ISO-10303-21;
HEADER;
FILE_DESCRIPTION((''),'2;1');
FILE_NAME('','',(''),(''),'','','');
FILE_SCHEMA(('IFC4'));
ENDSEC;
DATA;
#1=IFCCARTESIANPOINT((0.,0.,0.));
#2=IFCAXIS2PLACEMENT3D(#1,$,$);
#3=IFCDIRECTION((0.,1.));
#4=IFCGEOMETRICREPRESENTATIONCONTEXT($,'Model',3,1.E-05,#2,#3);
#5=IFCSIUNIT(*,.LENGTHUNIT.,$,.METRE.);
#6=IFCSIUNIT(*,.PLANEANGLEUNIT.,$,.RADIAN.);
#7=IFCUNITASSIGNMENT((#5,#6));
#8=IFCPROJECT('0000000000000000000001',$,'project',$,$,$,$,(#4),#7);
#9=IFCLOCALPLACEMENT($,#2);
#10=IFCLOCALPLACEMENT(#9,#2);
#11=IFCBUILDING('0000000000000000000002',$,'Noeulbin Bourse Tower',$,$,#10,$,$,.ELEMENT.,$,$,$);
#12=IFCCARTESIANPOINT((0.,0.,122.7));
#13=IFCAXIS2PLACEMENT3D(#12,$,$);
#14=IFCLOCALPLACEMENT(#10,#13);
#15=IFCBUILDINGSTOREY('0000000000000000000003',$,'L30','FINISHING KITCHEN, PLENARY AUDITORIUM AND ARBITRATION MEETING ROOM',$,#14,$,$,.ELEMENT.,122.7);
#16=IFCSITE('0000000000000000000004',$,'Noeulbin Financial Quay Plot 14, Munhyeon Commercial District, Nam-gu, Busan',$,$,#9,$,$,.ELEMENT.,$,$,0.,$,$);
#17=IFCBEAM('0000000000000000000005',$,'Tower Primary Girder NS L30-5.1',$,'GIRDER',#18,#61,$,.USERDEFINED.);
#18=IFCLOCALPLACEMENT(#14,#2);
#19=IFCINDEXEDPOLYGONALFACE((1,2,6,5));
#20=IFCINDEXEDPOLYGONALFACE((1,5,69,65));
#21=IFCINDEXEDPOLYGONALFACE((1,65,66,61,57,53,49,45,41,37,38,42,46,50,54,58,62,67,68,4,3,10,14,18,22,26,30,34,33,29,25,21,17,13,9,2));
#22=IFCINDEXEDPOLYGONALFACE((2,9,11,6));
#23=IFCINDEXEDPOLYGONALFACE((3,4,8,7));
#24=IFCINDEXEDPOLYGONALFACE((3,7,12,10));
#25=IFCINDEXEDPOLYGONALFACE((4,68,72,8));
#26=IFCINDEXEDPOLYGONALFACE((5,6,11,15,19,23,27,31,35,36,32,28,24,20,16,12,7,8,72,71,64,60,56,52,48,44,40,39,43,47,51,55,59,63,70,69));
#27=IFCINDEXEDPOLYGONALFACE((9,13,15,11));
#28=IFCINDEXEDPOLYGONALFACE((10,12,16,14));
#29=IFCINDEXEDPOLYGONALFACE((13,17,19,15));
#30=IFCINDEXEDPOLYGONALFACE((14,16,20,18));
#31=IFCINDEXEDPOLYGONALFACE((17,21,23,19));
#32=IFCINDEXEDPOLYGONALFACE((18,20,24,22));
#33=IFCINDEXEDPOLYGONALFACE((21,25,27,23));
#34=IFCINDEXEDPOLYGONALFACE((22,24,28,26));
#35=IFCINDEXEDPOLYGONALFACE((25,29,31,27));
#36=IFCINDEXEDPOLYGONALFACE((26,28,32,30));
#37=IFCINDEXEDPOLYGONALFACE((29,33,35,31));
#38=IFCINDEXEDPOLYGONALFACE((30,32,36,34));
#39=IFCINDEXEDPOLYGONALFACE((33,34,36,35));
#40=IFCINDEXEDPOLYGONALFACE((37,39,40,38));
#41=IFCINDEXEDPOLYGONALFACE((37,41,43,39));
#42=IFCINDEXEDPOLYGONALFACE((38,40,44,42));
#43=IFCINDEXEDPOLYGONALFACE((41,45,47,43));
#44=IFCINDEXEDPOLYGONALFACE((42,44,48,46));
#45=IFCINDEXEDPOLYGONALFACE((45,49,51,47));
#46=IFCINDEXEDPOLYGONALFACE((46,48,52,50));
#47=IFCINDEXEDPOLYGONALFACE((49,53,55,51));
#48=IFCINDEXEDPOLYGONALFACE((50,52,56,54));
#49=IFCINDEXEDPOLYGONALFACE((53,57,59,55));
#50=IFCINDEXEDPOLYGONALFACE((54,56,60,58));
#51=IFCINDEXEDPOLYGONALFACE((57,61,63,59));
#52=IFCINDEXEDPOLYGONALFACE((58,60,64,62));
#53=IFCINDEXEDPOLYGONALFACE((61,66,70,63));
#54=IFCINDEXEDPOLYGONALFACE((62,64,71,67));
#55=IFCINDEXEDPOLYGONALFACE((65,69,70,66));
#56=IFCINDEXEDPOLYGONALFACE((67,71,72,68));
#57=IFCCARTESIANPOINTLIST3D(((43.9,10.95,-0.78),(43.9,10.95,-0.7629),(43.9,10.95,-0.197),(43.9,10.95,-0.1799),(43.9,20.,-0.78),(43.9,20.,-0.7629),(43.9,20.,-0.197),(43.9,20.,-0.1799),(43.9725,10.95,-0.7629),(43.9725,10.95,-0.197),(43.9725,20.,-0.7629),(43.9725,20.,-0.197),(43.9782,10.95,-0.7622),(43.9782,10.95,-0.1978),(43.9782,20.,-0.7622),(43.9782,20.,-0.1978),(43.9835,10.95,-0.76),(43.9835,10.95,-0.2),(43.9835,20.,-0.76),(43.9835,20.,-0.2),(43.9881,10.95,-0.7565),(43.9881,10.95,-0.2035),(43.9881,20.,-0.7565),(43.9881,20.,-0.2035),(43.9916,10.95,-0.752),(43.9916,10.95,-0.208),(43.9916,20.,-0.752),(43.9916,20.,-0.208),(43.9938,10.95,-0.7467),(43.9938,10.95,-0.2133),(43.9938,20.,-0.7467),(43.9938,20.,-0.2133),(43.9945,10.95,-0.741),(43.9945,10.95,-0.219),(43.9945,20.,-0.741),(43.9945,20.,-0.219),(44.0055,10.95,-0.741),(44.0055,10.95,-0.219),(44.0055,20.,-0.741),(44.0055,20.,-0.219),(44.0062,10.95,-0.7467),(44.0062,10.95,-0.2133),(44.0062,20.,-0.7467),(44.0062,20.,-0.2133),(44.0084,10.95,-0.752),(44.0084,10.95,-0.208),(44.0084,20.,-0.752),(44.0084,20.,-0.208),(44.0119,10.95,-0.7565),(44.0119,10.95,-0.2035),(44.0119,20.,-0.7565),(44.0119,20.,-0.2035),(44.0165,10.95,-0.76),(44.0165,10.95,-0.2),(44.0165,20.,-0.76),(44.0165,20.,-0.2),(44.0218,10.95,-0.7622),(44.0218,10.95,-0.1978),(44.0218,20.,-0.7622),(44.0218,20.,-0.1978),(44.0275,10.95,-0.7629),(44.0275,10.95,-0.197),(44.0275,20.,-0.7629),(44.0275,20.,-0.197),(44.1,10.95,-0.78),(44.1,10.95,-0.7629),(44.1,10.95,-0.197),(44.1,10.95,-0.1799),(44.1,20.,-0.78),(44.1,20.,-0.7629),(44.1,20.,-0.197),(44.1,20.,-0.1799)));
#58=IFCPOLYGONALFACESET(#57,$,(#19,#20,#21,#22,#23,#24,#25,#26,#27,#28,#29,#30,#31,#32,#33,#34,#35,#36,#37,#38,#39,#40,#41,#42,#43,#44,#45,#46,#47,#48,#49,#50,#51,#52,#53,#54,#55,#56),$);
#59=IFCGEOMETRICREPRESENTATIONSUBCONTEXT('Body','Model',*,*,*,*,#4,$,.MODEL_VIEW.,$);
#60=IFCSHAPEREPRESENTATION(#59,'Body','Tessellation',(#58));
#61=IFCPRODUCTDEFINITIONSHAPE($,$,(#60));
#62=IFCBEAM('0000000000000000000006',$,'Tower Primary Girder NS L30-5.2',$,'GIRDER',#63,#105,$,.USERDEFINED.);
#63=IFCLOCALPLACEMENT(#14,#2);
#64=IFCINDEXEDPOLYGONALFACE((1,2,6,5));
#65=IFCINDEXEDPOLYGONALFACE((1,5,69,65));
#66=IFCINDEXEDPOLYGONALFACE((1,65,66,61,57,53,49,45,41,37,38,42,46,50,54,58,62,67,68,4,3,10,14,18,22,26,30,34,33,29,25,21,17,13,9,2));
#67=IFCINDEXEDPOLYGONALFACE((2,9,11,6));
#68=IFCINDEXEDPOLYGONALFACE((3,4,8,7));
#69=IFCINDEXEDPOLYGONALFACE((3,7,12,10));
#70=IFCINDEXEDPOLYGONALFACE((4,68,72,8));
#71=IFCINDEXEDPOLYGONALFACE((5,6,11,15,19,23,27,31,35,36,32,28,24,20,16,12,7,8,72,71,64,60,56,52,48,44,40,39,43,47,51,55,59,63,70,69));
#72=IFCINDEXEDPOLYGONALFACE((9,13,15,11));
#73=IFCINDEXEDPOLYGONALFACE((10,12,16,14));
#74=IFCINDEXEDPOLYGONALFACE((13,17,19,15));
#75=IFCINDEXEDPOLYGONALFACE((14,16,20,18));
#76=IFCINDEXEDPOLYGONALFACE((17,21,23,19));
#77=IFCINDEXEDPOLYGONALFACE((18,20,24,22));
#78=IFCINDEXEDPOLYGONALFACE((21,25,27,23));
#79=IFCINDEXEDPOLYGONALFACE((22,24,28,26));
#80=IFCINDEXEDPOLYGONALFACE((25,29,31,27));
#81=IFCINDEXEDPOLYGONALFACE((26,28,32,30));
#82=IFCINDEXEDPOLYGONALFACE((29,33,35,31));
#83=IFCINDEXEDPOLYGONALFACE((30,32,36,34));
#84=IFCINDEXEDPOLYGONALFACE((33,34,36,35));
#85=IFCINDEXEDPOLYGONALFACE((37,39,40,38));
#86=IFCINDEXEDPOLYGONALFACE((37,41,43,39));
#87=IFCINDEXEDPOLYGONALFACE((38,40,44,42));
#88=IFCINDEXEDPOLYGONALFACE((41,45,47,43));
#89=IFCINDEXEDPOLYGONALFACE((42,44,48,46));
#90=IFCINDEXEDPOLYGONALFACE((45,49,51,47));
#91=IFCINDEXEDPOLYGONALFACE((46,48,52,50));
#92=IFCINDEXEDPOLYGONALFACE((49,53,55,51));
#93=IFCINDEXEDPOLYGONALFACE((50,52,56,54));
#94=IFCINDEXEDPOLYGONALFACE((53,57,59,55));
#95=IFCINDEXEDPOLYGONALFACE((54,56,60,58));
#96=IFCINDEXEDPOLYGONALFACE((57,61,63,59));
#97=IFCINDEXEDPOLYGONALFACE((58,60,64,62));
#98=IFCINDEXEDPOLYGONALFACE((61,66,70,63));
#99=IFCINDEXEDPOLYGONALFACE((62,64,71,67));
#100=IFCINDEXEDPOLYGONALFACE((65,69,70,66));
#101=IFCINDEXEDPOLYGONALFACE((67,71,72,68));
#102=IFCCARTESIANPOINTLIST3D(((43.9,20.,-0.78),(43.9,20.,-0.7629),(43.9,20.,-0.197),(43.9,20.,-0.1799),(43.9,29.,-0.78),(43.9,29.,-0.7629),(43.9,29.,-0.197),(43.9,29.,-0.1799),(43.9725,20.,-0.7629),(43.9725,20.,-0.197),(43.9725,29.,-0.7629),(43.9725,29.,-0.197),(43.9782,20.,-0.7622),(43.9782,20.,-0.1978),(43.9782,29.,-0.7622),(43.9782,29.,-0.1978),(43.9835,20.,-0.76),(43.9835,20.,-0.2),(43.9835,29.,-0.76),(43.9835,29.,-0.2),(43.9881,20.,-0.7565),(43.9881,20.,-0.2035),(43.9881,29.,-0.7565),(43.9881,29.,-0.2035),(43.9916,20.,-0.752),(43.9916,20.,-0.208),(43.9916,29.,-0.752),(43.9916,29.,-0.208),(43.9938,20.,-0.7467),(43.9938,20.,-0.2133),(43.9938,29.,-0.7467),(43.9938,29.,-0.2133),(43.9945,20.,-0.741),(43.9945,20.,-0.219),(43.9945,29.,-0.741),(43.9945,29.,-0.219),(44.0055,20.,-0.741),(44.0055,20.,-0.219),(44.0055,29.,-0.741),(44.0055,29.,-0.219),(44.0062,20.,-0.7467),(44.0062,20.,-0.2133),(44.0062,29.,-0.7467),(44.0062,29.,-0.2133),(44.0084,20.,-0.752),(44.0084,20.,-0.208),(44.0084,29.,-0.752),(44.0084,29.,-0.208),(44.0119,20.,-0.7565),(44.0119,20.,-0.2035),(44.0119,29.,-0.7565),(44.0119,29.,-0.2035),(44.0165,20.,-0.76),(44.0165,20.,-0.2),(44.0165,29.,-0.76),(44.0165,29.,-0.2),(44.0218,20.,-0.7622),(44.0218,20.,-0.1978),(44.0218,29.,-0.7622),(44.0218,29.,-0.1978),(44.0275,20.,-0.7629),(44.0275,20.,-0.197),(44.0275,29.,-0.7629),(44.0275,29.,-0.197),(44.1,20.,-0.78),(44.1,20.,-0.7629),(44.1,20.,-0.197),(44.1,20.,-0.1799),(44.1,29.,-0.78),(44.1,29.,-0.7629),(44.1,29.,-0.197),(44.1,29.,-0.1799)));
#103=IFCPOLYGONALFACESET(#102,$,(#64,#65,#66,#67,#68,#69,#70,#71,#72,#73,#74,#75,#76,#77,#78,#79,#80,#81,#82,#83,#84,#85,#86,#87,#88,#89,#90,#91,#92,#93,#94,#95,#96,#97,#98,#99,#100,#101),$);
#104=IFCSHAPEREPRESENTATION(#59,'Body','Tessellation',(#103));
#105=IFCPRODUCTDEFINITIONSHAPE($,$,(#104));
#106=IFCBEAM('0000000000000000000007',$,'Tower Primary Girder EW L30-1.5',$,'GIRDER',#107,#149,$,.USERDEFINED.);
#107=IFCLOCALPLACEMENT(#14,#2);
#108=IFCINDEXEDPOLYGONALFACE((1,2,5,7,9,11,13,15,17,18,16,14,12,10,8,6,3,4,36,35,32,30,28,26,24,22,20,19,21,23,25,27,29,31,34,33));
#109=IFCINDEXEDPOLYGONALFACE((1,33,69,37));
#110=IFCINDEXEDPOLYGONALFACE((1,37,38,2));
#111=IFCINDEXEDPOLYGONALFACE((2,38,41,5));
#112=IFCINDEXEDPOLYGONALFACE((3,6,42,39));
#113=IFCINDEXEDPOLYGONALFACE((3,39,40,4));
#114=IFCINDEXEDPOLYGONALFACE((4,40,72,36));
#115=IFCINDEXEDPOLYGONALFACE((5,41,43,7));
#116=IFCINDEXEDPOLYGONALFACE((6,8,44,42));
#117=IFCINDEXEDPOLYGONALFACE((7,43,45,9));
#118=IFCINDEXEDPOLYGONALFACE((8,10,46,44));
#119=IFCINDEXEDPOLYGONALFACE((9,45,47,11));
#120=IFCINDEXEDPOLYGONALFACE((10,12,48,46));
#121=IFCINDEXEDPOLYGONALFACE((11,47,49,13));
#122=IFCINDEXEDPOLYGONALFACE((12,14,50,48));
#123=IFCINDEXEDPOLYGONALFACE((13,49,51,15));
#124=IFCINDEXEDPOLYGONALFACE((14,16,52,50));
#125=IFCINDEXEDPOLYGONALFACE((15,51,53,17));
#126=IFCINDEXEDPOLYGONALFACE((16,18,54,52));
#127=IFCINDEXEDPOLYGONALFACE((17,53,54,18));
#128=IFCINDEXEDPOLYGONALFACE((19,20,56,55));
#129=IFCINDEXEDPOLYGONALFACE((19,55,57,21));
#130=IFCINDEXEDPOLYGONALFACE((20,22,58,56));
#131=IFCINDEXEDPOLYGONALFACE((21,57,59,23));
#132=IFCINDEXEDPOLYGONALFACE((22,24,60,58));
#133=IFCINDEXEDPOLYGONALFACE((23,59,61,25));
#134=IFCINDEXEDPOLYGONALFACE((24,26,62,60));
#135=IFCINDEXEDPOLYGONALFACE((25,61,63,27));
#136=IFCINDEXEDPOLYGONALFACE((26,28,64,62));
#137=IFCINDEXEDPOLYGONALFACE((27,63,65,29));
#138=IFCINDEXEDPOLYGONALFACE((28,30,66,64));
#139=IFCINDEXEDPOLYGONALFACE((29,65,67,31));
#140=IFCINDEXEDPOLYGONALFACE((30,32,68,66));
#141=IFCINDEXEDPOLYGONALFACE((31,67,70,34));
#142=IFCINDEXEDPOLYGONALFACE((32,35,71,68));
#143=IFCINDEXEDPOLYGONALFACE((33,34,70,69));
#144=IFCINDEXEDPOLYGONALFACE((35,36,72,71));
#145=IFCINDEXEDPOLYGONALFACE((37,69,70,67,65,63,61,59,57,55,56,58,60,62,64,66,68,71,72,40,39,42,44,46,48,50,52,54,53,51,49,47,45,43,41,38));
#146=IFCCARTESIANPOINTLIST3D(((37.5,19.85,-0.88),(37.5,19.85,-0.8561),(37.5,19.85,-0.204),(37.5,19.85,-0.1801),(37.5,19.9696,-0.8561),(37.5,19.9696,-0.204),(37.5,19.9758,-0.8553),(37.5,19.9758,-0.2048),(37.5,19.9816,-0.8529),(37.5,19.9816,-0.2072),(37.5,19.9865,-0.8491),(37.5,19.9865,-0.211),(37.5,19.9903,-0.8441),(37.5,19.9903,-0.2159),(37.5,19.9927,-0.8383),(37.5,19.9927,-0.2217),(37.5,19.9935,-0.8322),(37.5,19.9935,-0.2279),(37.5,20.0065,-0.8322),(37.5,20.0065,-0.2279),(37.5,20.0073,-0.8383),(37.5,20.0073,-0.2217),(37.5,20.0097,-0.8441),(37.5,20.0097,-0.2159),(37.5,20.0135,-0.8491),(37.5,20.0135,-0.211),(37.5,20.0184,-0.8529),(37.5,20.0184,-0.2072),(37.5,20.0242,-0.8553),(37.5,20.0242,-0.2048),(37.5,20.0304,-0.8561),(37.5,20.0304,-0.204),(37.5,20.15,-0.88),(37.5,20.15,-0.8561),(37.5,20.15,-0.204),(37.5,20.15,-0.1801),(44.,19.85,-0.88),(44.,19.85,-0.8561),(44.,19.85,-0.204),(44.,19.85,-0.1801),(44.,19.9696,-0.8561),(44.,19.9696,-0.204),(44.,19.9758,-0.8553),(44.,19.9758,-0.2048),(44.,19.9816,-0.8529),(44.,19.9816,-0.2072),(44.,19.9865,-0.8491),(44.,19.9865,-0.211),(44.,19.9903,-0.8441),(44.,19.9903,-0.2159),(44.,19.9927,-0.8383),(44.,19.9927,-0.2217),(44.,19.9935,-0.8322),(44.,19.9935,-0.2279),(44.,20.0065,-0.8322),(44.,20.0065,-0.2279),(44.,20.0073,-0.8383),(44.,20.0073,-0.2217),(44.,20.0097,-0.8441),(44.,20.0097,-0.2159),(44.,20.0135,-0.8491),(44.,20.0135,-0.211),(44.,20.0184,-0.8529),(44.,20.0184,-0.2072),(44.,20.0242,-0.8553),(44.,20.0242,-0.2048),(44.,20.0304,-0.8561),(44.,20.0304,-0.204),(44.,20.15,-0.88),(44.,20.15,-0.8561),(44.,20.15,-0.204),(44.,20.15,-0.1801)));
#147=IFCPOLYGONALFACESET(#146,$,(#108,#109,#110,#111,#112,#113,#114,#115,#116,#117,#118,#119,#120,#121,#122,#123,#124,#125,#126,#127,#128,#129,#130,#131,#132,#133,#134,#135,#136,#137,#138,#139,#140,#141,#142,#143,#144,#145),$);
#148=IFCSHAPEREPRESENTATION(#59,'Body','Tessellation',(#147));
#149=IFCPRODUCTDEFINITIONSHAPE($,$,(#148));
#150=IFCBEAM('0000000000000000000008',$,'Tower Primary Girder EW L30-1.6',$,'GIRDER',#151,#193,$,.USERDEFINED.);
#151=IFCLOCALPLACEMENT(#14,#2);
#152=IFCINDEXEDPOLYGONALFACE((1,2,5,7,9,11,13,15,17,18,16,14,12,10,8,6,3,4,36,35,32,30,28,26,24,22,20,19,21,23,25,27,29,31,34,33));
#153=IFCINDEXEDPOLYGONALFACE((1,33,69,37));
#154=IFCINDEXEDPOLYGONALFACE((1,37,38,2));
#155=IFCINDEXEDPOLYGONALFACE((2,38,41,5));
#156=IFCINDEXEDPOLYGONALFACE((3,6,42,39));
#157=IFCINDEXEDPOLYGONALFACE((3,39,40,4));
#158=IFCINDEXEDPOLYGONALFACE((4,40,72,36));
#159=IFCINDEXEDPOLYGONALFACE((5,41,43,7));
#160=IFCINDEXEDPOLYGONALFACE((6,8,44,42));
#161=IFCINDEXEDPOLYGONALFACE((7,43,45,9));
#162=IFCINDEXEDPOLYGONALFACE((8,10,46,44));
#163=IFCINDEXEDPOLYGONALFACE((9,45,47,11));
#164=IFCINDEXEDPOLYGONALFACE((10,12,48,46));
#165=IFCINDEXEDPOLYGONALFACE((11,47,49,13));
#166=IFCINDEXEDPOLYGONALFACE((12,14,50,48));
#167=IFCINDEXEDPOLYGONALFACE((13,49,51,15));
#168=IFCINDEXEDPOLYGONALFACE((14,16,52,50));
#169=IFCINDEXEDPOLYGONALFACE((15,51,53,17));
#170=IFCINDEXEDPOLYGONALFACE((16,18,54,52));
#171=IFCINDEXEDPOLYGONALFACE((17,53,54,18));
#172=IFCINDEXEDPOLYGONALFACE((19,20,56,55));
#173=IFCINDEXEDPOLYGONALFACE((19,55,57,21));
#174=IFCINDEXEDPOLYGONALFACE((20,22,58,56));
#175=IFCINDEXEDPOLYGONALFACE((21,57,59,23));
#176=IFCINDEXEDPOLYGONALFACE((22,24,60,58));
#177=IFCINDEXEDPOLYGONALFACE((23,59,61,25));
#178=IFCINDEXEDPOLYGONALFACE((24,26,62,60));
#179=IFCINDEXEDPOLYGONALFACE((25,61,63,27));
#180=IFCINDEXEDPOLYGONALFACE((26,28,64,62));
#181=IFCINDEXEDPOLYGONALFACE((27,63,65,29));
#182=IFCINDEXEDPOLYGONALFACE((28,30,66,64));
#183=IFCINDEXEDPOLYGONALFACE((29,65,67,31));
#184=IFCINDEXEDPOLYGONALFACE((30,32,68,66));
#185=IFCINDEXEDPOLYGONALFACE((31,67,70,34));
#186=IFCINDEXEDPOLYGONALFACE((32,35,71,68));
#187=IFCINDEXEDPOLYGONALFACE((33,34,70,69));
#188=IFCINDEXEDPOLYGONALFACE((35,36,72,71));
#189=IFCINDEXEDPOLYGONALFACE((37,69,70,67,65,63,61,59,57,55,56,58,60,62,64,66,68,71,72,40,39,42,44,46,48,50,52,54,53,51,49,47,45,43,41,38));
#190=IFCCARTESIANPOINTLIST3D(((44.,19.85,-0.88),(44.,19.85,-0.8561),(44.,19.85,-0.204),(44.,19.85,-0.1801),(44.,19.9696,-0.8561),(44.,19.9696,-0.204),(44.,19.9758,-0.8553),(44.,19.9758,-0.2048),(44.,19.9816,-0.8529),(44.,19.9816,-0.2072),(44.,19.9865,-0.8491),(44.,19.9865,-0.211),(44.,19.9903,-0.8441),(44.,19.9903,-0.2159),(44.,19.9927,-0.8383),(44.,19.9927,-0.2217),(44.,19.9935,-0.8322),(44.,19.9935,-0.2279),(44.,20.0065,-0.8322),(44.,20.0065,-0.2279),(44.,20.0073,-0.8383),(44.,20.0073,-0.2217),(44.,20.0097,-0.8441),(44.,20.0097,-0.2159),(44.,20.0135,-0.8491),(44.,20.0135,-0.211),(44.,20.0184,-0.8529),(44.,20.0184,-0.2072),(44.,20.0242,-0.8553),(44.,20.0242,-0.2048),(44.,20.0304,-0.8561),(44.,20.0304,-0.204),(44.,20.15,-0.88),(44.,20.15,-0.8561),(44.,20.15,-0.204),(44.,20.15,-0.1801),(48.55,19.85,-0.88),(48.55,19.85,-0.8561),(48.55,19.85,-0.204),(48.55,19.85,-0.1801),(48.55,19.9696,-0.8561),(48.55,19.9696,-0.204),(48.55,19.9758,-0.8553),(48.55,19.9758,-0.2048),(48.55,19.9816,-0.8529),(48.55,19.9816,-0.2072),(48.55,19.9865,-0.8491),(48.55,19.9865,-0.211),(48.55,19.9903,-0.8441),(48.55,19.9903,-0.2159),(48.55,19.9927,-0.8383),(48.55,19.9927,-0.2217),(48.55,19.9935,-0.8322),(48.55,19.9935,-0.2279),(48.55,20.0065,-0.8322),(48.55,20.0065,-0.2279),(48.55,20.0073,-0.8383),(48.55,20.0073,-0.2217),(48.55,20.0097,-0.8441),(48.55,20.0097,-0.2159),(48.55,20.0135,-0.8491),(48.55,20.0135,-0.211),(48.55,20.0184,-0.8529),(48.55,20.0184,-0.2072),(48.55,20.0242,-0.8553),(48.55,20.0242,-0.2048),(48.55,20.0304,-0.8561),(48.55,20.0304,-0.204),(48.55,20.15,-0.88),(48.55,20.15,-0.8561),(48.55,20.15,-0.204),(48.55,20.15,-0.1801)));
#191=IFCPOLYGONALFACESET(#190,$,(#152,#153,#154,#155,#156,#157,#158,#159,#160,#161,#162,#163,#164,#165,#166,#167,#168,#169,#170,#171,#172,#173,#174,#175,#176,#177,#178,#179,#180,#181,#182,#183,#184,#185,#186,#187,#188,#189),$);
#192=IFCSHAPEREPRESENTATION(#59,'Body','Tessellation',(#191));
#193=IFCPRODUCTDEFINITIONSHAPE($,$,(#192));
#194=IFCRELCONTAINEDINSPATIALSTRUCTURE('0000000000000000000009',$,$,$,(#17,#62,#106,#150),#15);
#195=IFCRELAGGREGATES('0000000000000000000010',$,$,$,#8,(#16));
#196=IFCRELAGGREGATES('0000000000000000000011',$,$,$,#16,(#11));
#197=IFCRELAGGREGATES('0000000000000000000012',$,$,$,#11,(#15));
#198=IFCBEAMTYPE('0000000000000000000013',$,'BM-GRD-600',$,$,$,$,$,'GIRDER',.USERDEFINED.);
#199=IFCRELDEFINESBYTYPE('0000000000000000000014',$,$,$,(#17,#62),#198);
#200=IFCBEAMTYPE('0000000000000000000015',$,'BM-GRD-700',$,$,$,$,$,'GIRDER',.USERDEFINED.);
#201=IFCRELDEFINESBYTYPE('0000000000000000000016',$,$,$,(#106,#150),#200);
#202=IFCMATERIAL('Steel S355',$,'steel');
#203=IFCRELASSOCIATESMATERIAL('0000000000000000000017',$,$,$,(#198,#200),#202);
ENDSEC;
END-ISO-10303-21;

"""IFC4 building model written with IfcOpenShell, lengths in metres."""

from ifc_helpers import new_model, si_unit, direction, frame, origin, origin_2d, place, context, subcontext, project, spatial, i_section, extrude, material, material_profile, profile_set, type_object, element, save


model = new_model("IFC4")

# Units and contexts
model_context = context("Model", 3, precision=1e-05, world=origin(), true_north=direction((0.0, 1.0)))
body_context = subcontext(model_context, "Body", "Model", "MODEL_VIEW")
ifc_project = project(units=[si_unit("LENGTHUNIT", "METRE"), si_unit("PLANEANGLEUNIT", "RADIAN")], contexts=[model_context])

# Site, building, storey
site_placement = place(None, origin())
site = spatial("IfcSite", under=ifc_project, at=site_placement, Name="Noeulbin Financial Quay Plot 14, Munhyeon Commercial District, Nam-gu, Busan", CompositionType="ELEMENT", RefElevation=0.0)
building_placement = place(site_placement, origin())
building = spatial("IfcBuilding", under=site, at=building_placement, Name="Noeulbin Bourse Tower", CompositionType="ELEMENT")
storey_placement = place(building_placement, frame((0.0, 0.0, 122.7)))
storey = spatial("IfcBuildingStorey", under=building, at=storey_placement, Name="L30", Description="FINISHING KITCHEN, PLENARY AUDITORIUM AND ARBITRATION MEETING ROOM", CompositionType="ELEMENT", Elevation=122.7)

# Shared definitions
ifc_material_1 = material(Name="Steel S355", Category="steel")

# Beams
ifc_material_profile_1 = material_profile(ifc_material_1, i_section(OverallWidth=0.2, OverallDepth=0.6001, WebThickness=0.011, FlangeThickness=0.0171, FilletRadius=0.022, at=origin_2d()), Name="H-600x200x11x17", Category="LoadBearing")
ifc_profile_set_1 = profile_set([ifc_material_profile_1], Name="Steel S355")
beam_type_1 = type_object("IfcBeamType", Name="BM-GRD-600", ElementType="GIRDER", PredefinedType="USERDEFINED", material=ifc_profile_set_1)
beam_1_placement = place(storey_placement, frame((44.0, 10.95, -0.48), z_axis=(0.0, 1.0, 0.0), x_axis=(-1.0, 0.0, 0.0)))
element("IfcBeam", 1, at=beam_1_placement, inside=storey, type_object=beam_type_1, Name="Tower Primary Girder NS L30-5.1", ObjectType="GIRDER", PredefinedType="USERDEFINED", context=body_context, shape_type="SweptSolid", body=[
    extrude(i_section(OverallWidth=0.2, OverallDepth=0.6001, WebThickness=0.011, FlangeThickness=0.0171, FilletRadius=0.022, at=origin_2d()), origin(), (0.0, 0.0, 1.0), 9.05),
])
beam_2_placement = place(storey_placement, frame((44.0, 20.0, -0.48), z_axis=(0.0, 1.0, 0.0), x_axis=(-1.0, 0.0, 0.0)))
element("IfcBeam", 2, at=beam_2_placement, inside=storey, type_object=beam_type_1, Name="Tower Primary Girder NS L30-5.2", ObjectType="GIRDER", PredefinedType="USERDEFINED", context=body_context, shape_type="SweptSolid", body=[
    extrude(i_section(OverallWidth=0.2, OverallDepth=0.6001, WebThickness=0.011, FlangeThickness=0.0171, FilletRadius=0.022, at=origin_2d()), origin(), (0.0, 0.0, 1.0), 9.0),
])
ifc_material_profile_2 = material_profile(ifc_material_1, i_section(OverallWidth=0.3, OverallDepth=0.7, WebThickness=0.0129, FlangeThickness=0.0239, FilletRadius=0.0239, at=origin_2d()), Name="H-700x300x13x24", Category="LoadBearing")
ifc_profile_set_2 = profile_set([ifc_material_profile_2], Name="Steel S355")
beam_type_2 = type_object("IfcBeamType", Name="BM-GRD-700", ElementType="GIRDER", PredefinedType="USERDEFINED", material=ifc_profile_set_2)
beam_3_placement = place(storey_placement, frame((37.5, 20.0, -0.53), z_axis=(1.0, 0.0, 0.0), x_axis=(0.0, 1.0, 0.0)))
element("IfcBeam", 3, at=beam_3_placement, inside=storey, type_object=beam_type_2, Name="Tower Primary Girder EW L30-1.5", ObjectType="GIRDER", PredefinedType="USERDEFINED", context=body_context, shape_type="SweptSolid", body=[
    extrude(i_section(OverallWidth=0.3, OverallDepth=0.7, WebThickness=0.0129, FlangeThickness=0.0239, FilletRadius=0.0239, at=origin_2d()), origin(), (0.0, 0.0, 1.0), 6.5),
])
beam_4_placement = place(storey_placement, frame((44.0, 20.0, -0.53), z_axis=(1.0, 0.0, 0.0), x_axis=(0.0, 1.0, 0.0)))
element("IfcBeam", 4, at=beam_4_placement, inside=storey, type_object=beam_type_2, Name="Tower Primary Girder EW L30-1.6", ObjectType="GIRDER", PredefinedType="USERDEFINED", context=body_context, shape_type="SweptSolid", body=[
    extrude(i_section(OverallWidth=0.3, OverallDepth=0.7, WebThickness=0.0129, FlangeThickness=0.0239, FilletRadius=0.0239, at=origin_2d()), origin(), (0.0, 0.0, 1.0), 4.55),
])

save(model, "model.ifc")
